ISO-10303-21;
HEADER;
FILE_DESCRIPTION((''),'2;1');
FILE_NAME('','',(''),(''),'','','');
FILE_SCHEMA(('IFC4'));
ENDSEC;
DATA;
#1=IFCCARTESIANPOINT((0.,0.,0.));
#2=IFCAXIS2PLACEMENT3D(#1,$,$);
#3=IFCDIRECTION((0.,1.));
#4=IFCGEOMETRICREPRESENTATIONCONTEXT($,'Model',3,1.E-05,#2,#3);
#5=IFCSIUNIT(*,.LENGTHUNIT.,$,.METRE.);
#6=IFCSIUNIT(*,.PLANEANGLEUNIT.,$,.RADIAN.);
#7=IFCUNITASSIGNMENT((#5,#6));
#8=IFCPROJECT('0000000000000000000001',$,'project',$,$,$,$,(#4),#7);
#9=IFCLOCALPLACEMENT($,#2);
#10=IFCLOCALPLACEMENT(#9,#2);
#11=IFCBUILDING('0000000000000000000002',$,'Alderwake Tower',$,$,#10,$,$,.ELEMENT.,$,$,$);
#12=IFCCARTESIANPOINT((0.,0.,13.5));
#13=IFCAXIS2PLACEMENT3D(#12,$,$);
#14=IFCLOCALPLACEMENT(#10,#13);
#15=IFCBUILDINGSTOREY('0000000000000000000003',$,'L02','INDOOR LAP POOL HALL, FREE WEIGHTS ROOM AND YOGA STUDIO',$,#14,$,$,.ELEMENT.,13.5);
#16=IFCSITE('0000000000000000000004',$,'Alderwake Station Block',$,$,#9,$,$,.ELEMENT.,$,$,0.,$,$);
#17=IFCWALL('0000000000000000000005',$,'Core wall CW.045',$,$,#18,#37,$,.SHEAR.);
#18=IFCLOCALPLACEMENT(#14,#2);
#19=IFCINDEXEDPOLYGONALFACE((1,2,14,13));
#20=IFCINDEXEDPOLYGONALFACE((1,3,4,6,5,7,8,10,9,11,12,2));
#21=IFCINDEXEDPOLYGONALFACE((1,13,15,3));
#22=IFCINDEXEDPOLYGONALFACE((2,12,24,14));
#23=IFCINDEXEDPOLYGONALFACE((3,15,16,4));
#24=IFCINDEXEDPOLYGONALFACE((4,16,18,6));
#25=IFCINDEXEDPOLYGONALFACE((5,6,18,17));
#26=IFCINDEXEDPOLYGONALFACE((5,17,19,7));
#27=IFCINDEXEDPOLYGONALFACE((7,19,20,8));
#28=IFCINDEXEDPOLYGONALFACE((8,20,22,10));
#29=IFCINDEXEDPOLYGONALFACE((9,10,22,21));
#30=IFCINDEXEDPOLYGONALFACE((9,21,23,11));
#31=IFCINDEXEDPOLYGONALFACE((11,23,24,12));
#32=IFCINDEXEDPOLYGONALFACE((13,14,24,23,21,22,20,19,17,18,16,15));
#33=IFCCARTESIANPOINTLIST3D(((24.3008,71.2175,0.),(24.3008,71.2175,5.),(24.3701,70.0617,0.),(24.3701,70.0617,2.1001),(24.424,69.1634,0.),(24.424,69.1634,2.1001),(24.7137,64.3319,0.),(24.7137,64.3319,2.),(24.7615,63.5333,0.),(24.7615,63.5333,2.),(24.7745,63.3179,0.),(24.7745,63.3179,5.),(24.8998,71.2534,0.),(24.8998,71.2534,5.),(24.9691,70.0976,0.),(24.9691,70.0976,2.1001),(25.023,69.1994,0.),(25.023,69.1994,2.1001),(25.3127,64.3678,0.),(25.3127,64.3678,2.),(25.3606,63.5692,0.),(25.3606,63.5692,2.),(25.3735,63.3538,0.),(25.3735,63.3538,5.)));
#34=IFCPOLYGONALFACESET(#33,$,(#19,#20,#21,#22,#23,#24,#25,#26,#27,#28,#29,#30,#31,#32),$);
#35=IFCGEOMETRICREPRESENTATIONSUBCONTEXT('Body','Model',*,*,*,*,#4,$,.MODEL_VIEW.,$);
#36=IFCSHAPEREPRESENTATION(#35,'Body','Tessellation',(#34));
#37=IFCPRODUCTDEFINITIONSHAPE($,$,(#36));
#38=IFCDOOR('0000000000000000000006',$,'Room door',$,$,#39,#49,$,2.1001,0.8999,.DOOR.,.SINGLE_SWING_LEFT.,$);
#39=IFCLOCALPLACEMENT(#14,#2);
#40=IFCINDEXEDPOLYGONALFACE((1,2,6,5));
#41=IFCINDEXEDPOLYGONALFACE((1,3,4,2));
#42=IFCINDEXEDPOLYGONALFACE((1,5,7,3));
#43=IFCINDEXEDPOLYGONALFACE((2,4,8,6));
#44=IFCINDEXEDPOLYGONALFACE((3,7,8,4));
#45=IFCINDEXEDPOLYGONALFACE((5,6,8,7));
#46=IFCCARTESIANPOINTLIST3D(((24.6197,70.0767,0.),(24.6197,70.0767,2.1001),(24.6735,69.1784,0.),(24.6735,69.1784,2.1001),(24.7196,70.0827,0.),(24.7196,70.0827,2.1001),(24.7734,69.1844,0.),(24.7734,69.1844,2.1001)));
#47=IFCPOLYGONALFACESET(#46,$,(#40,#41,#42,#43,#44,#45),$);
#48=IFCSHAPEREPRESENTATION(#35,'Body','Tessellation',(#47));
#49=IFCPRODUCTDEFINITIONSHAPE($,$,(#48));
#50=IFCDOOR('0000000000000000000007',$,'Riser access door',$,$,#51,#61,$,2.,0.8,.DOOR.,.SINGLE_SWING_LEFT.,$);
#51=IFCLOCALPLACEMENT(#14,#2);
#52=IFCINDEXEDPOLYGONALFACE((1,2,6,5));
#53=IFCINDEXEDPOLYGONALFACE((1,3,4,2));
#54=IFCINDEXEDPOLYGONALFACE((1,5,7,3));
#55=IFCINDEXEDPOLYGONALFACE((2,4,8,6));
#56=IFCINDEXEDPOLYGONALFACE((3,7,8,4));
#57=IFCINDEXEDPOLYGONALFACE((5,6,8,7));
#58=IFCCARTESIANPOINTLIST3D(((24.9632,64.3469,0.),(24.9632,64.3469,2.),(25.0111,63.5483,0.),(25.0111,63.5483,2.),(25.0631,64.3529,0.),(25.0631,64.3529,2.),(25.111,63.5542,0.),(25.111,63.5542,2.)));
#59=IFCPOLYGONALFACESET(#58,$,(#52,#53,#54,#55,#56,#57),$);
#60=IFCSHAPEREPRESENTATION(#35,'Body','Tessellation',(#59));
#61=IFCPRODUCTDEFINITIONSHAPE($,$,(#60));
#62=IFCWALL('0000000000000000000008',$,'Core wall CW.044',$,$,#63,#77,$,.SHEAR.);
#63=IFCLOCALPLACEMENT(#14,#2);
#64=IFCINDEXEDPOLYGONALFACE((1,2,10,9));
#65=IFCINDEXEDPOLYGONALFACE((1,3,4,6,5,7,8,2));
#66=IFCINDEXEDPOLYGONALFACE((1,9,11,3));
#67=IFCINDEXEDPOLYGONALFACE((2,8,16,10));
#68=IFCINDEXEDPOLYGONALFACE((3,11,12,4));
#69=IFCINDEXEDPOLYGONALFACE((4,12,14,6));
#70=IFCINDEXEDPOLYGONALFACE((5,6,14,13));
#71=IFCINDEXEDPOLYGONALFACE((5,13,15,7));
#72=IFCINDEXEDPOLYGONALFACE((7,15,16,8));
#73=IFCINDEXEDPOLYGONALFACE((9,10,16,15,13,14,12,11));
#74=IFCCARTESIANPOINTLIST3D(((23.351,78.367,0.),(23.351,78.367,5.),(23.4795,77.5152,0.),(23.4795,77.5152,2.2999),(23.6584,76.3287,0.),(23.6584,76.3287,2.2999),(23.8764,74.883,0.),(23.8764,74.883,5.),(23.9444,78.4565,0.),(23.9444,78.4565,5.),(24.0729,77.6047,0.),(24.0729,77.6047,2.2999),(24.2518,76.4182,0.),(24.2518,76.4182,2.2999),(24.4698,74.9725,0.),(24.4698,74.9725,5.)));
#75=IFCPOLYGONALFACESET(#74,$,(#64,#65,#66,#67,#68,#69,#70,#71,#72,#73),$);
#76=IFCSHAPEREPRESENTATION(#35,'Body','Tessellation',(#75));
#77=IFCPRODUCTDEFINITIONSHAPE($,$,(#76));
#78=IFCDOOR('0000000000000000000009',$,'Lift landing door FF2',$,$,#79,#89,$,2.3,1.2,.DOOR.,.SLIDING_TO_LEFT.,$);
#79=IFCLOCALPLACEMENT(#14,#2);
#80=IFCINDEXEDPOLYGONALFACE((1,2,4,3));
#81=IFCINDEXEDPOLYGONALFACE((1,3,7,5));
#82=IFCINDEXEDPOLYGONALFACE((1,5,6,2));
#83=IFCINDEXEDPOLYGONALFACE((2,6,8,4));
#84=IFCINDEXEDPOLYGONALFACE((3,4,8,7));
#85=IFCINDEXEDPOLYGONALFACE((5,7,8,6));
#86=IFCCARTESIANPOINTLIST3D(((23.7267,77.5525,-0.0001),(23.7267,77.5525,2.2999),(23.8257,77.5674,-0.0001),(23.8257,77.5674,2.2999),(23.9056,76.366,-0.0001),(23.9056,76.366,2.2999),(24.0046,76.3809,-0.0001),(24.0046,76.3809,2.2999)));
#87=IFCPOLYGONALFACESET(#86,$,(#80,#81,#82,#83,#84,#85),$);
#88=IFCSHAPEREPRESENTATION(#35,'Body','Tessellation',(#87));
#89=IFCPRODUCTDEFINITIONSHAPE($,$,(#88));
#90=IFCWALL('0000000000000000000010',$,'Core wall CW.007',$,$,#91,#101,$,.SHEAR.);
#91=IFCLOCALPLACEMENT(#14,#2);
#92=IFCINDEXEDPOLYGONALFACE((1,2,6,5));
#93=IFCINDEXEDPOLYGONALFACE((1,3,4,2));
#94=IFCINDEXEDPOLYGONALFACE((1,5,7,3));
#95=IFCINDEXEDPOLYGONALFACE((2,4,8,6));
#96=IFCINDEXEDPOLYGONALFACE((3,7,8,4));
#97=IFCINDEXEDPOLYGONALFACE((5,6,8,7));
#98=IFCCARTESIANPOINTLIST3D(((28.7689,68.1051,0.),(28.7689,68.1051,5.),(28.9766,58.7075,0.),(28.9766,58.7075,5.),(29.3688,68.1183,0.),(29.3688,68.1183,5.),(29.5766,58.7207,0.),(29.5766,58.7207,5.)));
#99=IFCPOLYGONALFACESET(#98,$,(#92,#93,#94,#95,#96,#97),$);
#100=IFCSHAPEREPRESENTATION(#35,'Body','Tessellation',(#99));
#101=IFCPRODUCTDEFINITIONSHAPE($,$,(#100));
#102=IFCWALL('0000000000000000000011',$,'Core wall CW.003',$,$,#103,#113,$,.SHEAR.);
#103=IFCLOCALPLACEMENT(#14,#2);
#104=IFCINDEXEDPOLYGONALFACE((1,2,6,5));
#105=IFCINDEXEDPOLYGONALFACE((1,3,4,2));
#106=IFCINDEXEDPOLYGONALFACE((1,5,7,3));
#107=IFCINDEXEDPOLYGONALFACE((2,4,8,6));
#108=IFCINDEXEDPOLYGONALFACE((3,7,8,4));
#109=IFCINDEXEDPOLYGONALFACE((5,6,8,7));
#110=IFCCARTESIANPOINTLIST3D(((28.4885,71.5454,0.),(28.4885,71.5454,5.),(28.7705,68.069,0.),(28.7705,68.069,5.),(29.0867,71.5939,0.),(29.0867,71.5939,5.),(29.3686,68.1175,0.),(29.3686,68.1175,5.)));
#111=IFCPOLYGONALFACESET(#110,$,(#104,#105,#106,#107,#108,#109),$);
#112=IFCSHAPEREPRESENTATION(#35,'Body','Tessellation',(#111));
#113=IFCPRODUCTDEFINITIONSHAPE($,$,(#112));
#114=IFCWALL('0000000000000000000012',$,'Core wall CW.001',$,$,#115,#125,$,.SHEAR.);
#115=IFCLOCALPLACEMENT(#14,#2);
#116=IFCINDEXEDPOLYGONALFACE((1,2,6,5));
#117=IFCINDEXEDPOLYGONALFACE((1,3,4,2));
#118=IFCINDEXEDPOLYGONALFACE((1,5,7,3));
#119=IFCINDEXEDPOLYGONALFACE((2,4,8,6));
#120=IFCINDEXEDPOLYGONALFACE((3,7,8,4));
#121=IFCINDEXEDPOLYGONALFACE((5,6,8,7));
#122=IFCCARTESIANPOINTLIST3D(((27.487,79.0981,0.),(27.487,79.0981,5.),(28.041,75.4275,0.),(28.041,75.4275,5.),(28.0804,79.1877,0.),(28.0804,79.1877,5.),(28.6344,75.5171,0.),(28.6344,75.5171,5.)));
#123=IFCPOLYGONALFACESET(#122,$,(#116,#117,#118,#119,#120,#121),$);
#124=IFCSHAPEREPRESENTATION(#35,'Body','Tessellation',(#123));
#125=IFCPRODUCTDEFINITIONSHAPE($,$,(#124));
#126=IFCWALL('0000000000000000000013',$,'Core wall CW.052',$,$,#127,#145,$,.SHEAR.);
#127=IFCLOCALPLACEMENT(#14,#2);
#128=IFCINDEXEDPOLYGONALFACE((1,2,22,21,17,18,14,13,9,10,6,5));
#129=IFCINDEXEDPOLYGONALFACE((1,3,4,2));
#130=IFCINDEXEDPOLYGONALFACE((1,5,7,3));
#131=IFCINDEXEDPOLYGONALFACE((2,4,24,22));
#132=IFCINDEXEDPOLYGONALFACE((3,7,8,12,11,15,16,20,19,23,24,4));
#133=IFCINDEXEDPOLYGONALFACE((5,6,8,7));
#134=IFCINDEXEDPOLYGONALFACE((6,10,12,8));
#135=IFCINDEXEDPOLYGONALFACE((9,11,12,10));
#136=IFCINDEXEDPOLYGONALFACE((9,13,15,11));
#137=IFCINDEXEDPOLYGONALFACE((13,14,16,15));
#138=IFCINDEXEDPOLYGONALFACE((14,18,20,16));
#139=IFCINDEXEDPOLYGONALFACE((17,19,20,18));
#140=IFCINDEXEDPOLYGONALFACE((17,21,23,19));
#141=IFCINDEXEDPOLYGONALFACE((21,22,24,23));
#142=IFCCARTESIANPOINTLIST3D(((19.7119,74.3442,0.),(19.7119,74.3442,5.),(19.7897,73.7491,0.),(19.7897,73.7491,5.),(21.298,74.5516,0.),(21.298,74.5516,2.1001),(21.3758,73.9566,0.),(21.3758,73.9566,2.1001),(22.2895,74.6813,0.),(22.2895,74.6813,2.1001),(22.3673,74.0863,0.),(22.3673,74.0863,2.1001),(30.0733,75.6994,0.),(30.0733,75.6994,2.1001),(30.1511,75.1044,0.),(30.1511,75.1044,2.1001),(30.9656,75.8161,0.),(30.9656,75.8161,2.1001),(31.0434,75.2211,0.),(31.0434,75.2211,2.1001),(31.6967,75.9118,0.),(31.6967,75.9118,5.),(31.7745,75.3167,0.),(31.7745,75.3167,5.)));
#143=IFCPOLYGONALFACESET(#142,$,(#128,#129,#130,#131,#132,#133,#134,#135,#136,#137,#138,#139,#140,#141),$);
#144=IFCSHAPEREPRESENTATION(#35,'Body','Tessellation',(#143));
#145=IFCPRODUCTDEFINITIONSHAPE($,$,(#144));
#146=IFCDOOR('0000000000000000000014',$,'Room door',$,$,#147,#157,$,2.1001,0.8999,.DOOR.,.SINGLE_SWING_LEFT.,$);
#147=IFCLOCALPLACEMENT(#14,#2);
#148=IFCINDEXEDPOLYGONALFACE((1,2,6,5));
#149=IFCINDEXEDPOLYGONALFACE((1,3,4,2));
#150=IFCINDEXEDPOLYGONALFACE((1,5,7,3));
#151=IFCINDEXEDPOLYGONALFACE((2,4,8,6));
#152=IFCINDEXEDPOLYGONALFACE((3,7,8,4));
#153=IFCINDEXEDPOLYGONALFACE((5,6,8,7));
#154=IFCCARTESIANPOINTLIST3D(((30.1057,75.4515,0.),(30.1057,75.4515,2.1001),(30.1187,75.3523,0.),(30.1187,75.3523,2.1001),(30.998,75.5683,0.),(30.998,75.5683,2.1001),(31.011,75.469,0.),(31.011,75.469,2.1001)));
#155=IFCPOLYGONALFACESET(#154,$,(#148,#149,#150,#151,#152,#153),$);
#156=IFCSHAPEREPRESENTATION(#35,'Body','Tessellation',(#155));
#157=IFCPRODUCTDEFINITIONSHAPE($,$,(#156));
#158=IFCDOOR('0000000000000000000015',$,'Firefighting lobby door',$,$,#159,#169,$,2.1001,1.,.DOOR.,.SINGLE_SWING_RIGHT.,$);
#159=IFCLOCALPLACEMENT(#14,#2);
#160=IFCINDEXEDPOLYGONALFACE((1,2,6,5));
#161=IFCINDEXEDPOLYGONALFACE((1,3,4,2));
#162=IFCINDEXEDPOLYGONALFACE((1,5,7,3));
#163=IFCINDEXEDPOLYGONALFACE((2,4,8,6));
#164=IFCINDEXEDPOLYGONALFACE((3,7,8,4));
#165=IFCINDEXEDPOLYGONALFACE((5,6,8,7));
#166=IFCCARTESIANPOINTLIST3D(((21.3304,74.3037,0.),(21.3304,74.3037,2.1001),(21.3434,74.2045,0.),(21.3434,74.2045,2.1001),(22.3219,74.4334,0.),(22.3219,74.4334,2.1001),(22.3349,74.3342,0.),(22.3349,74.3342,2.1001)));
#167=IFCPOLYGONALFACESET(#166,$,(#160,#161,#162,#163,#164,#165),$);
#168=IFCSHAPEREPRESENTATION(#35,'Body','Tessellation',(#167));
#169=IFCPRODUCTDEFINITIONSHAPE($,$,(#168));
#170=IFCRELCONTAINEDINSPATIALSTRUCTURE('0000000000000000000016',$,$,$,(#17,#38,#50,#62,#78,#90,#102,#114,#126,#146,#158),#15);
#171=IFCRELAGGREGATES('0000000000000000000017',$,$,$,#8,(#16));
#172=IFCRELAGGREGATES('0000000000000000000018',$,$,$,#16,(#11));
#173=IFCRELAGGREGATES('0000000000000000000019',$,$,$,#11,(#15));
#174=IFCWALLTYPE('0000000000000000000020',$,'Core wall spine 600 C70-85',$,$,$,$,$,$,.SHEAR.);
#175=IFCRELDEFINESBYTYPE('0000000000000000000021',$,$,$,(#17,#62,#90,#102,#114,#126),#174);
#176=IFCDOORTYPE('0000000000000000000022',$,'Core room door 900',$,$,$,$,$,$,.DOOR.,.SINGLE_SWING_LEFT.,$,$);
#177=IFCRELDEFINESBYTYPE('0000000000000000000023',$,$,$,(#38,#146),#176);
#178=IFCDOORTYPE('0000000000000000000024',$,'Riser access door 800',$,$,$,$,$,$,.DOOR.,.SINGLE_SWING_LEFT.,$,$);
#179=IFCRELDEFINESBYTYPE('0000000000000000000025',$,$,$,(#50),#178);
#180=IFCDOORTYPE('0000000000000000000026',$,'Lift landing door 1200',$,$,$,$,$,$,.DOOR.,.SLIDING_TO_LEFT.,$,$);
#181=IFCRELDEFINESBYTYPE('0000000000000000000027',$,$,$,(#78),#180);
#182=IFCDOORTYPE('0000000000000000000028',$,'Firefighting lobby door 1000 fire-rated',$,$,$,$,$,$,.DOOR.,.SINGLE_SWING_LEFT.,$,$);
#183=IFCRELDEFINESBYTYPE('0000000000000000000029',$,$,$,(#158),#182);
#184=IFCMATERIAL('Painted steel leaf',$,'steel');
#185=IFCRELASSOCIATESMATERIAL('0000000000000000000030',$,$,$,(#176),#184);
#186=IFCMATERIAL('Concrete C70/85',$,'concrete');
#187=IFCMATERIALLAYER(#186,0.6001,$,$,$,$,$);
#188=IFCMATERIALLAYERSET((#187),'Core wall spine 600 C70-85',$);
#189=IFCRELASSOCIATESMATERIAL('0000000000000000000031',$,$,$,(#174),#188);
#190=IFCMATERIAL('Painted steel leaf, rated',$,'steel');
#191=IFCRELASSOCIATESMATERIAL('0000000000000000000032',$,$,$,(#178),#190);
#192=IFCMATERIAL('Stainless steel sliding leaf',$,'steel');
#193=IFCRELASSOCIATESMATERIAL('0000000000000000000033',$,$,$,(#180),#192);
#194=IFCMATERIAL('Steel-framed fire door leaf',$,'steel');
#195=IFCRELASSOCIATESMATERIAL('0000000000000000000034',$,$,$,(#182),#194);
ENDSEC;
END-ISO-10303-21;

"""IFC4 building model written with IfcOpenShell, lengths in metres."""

from ifc_helpers import new_model, si_unit, direction, frame, frame_2d, origin, place, context, subcontext, project, spatial, rectangle, extrude, material, layer, layer_set, type_object, element, fill, save


model = new_model("IFC4")

# Units and contexts
model_context = context("Model", 3, precision=1e-05, world=origin(), true_north=direction((0.0, 1.0)))
body_context = subcontext(model_context, "Body", "Model", "MODEL_VIEW")
ifc_project = project(units=[si_unit("LENGTHUNIT", "METRE"), si_unit("PLANEANGLEUNIT", "RADIAN")], contexts=[model_context])

# Site, building, storey
site_placement = place(None, origin())
site = spatial("IfcSite", under=ifc_project, at=site_placement, Name="Alderwake Station Block", CompositionType="ELEMENT", RefElevation=0.0)
building_placement = place(site_placement, origin())
building = spatial("IfcBuilding", under=site, at=building_placement, Name="Alderwake Tower", CompositionType="ELEMENT")
storey_placement = place(building_placement, frame((0.0, 0.0, 13.5)))
storey = spatial("IfcBuildingStorey", under=building, at=storey_placement, Name="L02", Description="INDOOR LAP POOL HALL, FREE WEIGHTS ROOM AND YOGA STUDIO", CompositionType="ELEMENT", Elevation=13.5)

# Shared definitions
ifc_material_1 = material(Name="Painted steel leaf", Category="steel")
door_type_1 = type_object("IfcDoorType", Name="Core room door 900", OperationType="SINGLE_SWING_LEFT", PredefinedType="DOOR", material=ifc_material_1)

# Wall, openings, doors
ifc_material_2 = material(Name="Concrete C70/85", Category="concrete")
ifc_layer_1 = layer(ifc_material_2, 0.6001)
ifc_layer_set_1 = layer_set([ifc_layer_1], Name="Core wall spine 600 C70-85")
wall_type_1 = type_object("IfcWallType", Name="Core wall spine 600 C70-85", PredefinedType="SHEAR", material=ifc_layer_set_1)
wall_1_placement = place(storey_placement, frame((25.074, 63.3357, 0.0), z_axis=(0.0, 0.0, 1.0), x_axis=(-0.059849, 0.998207, 0.0)))
wall_1 = element("IfcWall", 1, at=wall_1_placement, inside=storey, type_object=wall_type_1, Name="Core wall CW.045", PredefinedType="SHEAR", context=body_context, shape_type="SweptSolid", body=[
    extrude(rectangle(XDim=7.9138, YDim=0.6001, at=frame_2d((3.957, 0.0))), origin(), (0.0, 0.0, 1.0), 5.0),
])
opening_1_placement = place(wall_1_placement, frame((0.2161, 0.0, 0.0)))
opening_1 = element("IfcOpeningElement", 2, at=opening_1_placement, cuts=wall_1, PredefinedType="OPENING", context=body_context, shape_type="SweptSolid", body=[
    extrude(rectangle(XDim=0.8, YDim=2.0, at=frame_2d((0.3999, 1.0))), frame((0.0, 0.3101, 0.0), z_axis=(0.0, -1.0, 0.0), x_axis=(1.0, 0.0, 0.0)), (0.0, 0.0, 1.0), 0.6201),
])
opening_2_placement = place(wall_1_placement, frame((5.8562, 0.0, 0.0)))
opening_2 = element("IfcOpeningElement", 3, at=opening_2_placement, cuts=wall_1, PredefinedType="OPENING", context=body_context, shape_type="SweptSolid", body=[
    extrude(rectangle(XDim=0.8999, YDim=2.1001, at=frame_2d((0.45, 1.05))), frame((0.0, 0.3101, 0.0), z_axis=(0.0, -1.0, 0.0), x_axis=(1.0, 0.0, 0.0)), (0.0, 0.0, 1.0), 0.6201),
])
door_1_placement = place(opening_2_placement, origin())
door_1 = element("IfcDoor", 4, at=door_1_placement, inside=storey, type_object=door_type_1, Name="Room door", OperationType="SINGLE_SWING_LEFT", OverallHeight=2.1001, OverallWidth=0.8999, PredefinedType="DOOR", context=body_context, shape_type="SweptSolid", body=[
    extrude(rectangle(XDim=0.8999, YDim=2.1001, at=frame_2d((0.45, 1.05))), frame((0.0, 0.05, 0.0), z_axis=(0.0, -1.0, 0.0), x_axis=(1.0, 0.0, 0.0)), (0.0, 0.0, 1.0), 0.1001),
])
fill(opening_2, door_1)
ifc_material_3 = material(Name="Painted steel leaf, rated", Category="steel")
door_type_2 = type_object("IfcDoorType", Name="Riser access door 800", OperationType="SINGLE_SWING_LEFT", PredefinedType="DOOR", material=ifc_material_3)
door_2_placement = place(opening_1_placement, origin())
door_2 = element("IfcDoor", 5, at=door_2_placement, inside=storey, type_object=door_type_2, Name="Riser access door", OperationType="SINGLE_SWING_LEFT", OverallHeight=2.0, OverallWidth=0.8, PredefinedType="DOOR", context=body_context, shape_type="SweptSolid", body=[
    extrude(rectangle(XDim=0.8, YDim=2.0, at=frame_2d((0.3999, 1.0))), frame((0.0, 0.05, 0.0), z_axis=(0.0, -1.0, 0.0), x_axis=(1.0, 0.0, 0.0)), (0.0, 0.0, 1.0), 0.1001),
])
fill(opening_1, door_2)

# Wall, opening, door
wall_2_placement = place(storey_placement, frame((24.1731, 74.9277, 0.0), z_axis=(0.0, 0.0, 1.0), x_axis=(-0.14911, 0.988821, 0.0)))
wall_2 = element("IfcWall", 6, at=wall_2_placement, inside=storey, type_object=wall_type_1, Name="Core wall CW.044", PredefinedType="SHEAR", context=body_context, shape_type="SweptSolid", body=[
    extrude(rectangle(XDim=3.5234, YDim=0.6001, at=frame_2d((1.7617, 0.0))), origin(), (0.0, 0.0, 1.0), 5.0),
])
opening_3_placement = place(wall_2_placement, frame((1.4619, 0.0, 0.0)))
opening_3 = element("IfcOpeningElement", 7, at=opening_3_placement, cuts=wall_2, PredefinedType="OPENING", context=body_context, shape_type="SweptSolid", body=[
    extrude(rectangle(XDim=1.2, YDim=2.3, at=frame_2d((0.6001, 1.1499))), frame((0.0, 0.3101, 0.0), z_axis=(0.0, -1.0, 0.0), x_axis=(1.0, 0.0, 0.0)), (0.0, 0.0, 1.0), 0.6201),
])
ifc_material_4 = material(Name="Stainless steel sliding leaf", Category="steel")
door_type_3 = type_object("IfcDoorType", Name="Lift landing door 1200", OperationType="SLIDING_TO_LEFT", PredefinedType="DOOR", material=ifc_material_4)
door_3_placement = place(opening_3_placement, origin())
door_3 = element("IfcDoor", 8, at=door_3_placement, inside=storey, type_object=door_type_3, Name="Lift landing door FF2", OperationType="SLIDING_TO_LEFT", OverallHeight=2.3, OverallWidth=1.2, PredefinedType="DOOR", context=body_context, shape_type="SweptSolid", body=[
    extrude(rectangle(XDim=1.2, YDim=2.3, at=frame_2d((0.6001, 1.1499))), frame((0.0, 0.05, 0.0), z_axis=(0.0, -1.0, 0.0), x_axis=(1.0, 0.0, 0.0)), (0.0, 0.0, 1.0), 0.1001),
])
fill(opening_3, door_3)

# Walls
wall_3_placement = place(storey_placement, frame((29.2766, 58.7141, 0.0), z_axis=(0.0, 0.0, 1.0), x_axis=(-0.022103, 0.999756, 0.0)))
element("IfcWall", 9, at=wall_3_placement, inside=storey, type_object=wall_type_1, Name="Core wall CW.007", PredefinedType="SHEAR", context=body_context, shape_type="SweptSolid", body=[
    extrude(rectangle(XDim=9.3999, YDim=0.6001, at=frame_2d((4.7, 0.0))), origin(), (0.0, 0.0, 1.0), 5.0),
])
wall_4_placement = place(storey_placement, frame((29.0696, 68.0933, 0.0), z_axis=(0.0, 0.0, 1.0), x_axis=(-0.08085, 0.996726, 0.0)))
element("IfcWall", 10, at=wall_4_placement, inside=storey, type_object=wall_type_1, Name="Core wall CW.003", PredefinedType="SHEAR", context=body_context, shape_type="SweptSolid", body=[
    extrude(rectangle(XDim=3.4878, YDim=0.6001, at=frame_2d((1.7439, 0.0))), origin(), (0.0, 0.0, 1.0), 5.0),
])
wall_5_placement = place(storey_placement, frame((28.3376, 75.4724, 0.0), z_axis=(0.0, 0.0, 1.0), x_axis=(-0.149225, 0.988803, 0.0)))
element("IfcWall", 11, at=wall_5_placement, inside=storey, type_object=wall_type_1, Name="Core wall CW.001", PredefinedType="SHEAR", context=body_context, shape_type="SweptSolid", body=[
    extrude(rectangle(XDim=3.7122, YDim=0.6001, at=frame_2d((1.856, 0.0))), origin(), (0.0, 0.0, 1.0), 5.0),
])

# Wall, openings, doors
wall_6_placement = place(storey_placement, frame((31.7356, 75.6143, 0.0), z_axis=(0.0, 0.0, 1.0), x_axis=(-0.991554, -0.129696, 0.0)))
wall_6 = element("IfcWall", 12, at=wall_6_placement, inside=storey, type_object=wall_type_1, Name="Core wall CW.052", PredefinedType="SHEAR", context=body_context, shape_type="SweptSolid", body=[
    extrude(rectangle(XDim=12.0869, YDim=0.6001, at=frame_2d((6.0435, 0.0))), origin(), (0.0, 0.0, 1.0), 5.0),
])
opening_4_placement = place(wall_6_placement, frame((9.4873, 0.0, 0.0)))
opening_4 = element("IfcOpeningElement", 13, at=opening_4_placement, cuts=wall_6, PredefinedType="OPENING", context=body_context, shape_type="SweptSolid", body=[
    extrude(rectangle(XDim=1.0, YDim=2.1001, at=frame_2d((0.5, 1.05))), frame((0.0, 0.3101, 0.0), z_axis=(0.0, -1.0, 0.0), x_axis=(1.0, 0.0, 0.0)), (0.0, 0.0, 1.0), 0.6201),
])
opening_5_placement = place(wall_6_placement, frame((0.7373, 0.0, 0.0)))
opening_5 = element("IfcOpeningElement", 14, at=opening_5_placement, cuts=wall_6, PredefinedType="OPENING", context=body_context, shape_type="SweptSolid", body=[
    extrude(rectangle(XDim=0.8999, YDim=2.1001, at=frame_2d((0.45, 1.05))), frame((0.0, 0.3101, 0.0), z_axis=(0.0, -1.0, 0.0), x_axis=(1.0, 0.0, 0.0)), (0.0, 0.0, 1.0), 0.6201),
])
door_4_placement = place(opening_5_placement, origin())
door_4 = element("IfcDoor", 15, at=door_4_placement, inside=storey, type_object=door_type_1, Name="Room door", OperationType="SINGLE_SWING_LEFT", OverallHeight=2.1001, OverallWidth=0.8999, PredefinedType="DOOR", context=body_context, shape_type="SweptSolid", body=[
    extrude(rectangle(XDim=0.8999, YDim=2.1001, at=frame_2d((0.45, 1.05))), frame((0.0, 0.05, 0.0), z_axis=(0.0, -1.0, 0.0), x_axis=(1.0, 0.0, 0.0)), (0.0, 0.0, 1.0), 0.1001),
])
fill(opening_5, door_4)
ifc_material_5 = material(Name="Steel-framed fire door leaf", Category="steel")
door_type_4 = type_object("IfcDoorType", Name="Firefighting lobby door 1000 fire-rated", OperationType="SINGLE_SWING_LEFT", PredefinedType="DOOR", material=ifc_material_5)
door_5_placement = place(opening_4_placement, origin())
door_5 = element("IfcDoor", 16, at=door_5_placement, inside=storey, type_object=door_type_4, Name="Firefighting lobby door", OperationType="SINGLE_SWING_RIGHT", OverallHeight=2.1001, OverallWidth=1.0, PredefinedType="DOOR", context=body_context, shape_type="SweptSolid", body=[
    extrude(rectangle(XDim=1.0, YDim=2.1001, at=frame_2d((0.5, 1.05))), frame((0.0, 0.05, 0.0), z_axis=(0.0, -1.0, 0.0), x_axis=(1.0, 0.0, 0.0)), (0.0, 0.0, 1.0), 0.1001),
])
fill(opening_4, door_5)

save(model, "model.ifc")
